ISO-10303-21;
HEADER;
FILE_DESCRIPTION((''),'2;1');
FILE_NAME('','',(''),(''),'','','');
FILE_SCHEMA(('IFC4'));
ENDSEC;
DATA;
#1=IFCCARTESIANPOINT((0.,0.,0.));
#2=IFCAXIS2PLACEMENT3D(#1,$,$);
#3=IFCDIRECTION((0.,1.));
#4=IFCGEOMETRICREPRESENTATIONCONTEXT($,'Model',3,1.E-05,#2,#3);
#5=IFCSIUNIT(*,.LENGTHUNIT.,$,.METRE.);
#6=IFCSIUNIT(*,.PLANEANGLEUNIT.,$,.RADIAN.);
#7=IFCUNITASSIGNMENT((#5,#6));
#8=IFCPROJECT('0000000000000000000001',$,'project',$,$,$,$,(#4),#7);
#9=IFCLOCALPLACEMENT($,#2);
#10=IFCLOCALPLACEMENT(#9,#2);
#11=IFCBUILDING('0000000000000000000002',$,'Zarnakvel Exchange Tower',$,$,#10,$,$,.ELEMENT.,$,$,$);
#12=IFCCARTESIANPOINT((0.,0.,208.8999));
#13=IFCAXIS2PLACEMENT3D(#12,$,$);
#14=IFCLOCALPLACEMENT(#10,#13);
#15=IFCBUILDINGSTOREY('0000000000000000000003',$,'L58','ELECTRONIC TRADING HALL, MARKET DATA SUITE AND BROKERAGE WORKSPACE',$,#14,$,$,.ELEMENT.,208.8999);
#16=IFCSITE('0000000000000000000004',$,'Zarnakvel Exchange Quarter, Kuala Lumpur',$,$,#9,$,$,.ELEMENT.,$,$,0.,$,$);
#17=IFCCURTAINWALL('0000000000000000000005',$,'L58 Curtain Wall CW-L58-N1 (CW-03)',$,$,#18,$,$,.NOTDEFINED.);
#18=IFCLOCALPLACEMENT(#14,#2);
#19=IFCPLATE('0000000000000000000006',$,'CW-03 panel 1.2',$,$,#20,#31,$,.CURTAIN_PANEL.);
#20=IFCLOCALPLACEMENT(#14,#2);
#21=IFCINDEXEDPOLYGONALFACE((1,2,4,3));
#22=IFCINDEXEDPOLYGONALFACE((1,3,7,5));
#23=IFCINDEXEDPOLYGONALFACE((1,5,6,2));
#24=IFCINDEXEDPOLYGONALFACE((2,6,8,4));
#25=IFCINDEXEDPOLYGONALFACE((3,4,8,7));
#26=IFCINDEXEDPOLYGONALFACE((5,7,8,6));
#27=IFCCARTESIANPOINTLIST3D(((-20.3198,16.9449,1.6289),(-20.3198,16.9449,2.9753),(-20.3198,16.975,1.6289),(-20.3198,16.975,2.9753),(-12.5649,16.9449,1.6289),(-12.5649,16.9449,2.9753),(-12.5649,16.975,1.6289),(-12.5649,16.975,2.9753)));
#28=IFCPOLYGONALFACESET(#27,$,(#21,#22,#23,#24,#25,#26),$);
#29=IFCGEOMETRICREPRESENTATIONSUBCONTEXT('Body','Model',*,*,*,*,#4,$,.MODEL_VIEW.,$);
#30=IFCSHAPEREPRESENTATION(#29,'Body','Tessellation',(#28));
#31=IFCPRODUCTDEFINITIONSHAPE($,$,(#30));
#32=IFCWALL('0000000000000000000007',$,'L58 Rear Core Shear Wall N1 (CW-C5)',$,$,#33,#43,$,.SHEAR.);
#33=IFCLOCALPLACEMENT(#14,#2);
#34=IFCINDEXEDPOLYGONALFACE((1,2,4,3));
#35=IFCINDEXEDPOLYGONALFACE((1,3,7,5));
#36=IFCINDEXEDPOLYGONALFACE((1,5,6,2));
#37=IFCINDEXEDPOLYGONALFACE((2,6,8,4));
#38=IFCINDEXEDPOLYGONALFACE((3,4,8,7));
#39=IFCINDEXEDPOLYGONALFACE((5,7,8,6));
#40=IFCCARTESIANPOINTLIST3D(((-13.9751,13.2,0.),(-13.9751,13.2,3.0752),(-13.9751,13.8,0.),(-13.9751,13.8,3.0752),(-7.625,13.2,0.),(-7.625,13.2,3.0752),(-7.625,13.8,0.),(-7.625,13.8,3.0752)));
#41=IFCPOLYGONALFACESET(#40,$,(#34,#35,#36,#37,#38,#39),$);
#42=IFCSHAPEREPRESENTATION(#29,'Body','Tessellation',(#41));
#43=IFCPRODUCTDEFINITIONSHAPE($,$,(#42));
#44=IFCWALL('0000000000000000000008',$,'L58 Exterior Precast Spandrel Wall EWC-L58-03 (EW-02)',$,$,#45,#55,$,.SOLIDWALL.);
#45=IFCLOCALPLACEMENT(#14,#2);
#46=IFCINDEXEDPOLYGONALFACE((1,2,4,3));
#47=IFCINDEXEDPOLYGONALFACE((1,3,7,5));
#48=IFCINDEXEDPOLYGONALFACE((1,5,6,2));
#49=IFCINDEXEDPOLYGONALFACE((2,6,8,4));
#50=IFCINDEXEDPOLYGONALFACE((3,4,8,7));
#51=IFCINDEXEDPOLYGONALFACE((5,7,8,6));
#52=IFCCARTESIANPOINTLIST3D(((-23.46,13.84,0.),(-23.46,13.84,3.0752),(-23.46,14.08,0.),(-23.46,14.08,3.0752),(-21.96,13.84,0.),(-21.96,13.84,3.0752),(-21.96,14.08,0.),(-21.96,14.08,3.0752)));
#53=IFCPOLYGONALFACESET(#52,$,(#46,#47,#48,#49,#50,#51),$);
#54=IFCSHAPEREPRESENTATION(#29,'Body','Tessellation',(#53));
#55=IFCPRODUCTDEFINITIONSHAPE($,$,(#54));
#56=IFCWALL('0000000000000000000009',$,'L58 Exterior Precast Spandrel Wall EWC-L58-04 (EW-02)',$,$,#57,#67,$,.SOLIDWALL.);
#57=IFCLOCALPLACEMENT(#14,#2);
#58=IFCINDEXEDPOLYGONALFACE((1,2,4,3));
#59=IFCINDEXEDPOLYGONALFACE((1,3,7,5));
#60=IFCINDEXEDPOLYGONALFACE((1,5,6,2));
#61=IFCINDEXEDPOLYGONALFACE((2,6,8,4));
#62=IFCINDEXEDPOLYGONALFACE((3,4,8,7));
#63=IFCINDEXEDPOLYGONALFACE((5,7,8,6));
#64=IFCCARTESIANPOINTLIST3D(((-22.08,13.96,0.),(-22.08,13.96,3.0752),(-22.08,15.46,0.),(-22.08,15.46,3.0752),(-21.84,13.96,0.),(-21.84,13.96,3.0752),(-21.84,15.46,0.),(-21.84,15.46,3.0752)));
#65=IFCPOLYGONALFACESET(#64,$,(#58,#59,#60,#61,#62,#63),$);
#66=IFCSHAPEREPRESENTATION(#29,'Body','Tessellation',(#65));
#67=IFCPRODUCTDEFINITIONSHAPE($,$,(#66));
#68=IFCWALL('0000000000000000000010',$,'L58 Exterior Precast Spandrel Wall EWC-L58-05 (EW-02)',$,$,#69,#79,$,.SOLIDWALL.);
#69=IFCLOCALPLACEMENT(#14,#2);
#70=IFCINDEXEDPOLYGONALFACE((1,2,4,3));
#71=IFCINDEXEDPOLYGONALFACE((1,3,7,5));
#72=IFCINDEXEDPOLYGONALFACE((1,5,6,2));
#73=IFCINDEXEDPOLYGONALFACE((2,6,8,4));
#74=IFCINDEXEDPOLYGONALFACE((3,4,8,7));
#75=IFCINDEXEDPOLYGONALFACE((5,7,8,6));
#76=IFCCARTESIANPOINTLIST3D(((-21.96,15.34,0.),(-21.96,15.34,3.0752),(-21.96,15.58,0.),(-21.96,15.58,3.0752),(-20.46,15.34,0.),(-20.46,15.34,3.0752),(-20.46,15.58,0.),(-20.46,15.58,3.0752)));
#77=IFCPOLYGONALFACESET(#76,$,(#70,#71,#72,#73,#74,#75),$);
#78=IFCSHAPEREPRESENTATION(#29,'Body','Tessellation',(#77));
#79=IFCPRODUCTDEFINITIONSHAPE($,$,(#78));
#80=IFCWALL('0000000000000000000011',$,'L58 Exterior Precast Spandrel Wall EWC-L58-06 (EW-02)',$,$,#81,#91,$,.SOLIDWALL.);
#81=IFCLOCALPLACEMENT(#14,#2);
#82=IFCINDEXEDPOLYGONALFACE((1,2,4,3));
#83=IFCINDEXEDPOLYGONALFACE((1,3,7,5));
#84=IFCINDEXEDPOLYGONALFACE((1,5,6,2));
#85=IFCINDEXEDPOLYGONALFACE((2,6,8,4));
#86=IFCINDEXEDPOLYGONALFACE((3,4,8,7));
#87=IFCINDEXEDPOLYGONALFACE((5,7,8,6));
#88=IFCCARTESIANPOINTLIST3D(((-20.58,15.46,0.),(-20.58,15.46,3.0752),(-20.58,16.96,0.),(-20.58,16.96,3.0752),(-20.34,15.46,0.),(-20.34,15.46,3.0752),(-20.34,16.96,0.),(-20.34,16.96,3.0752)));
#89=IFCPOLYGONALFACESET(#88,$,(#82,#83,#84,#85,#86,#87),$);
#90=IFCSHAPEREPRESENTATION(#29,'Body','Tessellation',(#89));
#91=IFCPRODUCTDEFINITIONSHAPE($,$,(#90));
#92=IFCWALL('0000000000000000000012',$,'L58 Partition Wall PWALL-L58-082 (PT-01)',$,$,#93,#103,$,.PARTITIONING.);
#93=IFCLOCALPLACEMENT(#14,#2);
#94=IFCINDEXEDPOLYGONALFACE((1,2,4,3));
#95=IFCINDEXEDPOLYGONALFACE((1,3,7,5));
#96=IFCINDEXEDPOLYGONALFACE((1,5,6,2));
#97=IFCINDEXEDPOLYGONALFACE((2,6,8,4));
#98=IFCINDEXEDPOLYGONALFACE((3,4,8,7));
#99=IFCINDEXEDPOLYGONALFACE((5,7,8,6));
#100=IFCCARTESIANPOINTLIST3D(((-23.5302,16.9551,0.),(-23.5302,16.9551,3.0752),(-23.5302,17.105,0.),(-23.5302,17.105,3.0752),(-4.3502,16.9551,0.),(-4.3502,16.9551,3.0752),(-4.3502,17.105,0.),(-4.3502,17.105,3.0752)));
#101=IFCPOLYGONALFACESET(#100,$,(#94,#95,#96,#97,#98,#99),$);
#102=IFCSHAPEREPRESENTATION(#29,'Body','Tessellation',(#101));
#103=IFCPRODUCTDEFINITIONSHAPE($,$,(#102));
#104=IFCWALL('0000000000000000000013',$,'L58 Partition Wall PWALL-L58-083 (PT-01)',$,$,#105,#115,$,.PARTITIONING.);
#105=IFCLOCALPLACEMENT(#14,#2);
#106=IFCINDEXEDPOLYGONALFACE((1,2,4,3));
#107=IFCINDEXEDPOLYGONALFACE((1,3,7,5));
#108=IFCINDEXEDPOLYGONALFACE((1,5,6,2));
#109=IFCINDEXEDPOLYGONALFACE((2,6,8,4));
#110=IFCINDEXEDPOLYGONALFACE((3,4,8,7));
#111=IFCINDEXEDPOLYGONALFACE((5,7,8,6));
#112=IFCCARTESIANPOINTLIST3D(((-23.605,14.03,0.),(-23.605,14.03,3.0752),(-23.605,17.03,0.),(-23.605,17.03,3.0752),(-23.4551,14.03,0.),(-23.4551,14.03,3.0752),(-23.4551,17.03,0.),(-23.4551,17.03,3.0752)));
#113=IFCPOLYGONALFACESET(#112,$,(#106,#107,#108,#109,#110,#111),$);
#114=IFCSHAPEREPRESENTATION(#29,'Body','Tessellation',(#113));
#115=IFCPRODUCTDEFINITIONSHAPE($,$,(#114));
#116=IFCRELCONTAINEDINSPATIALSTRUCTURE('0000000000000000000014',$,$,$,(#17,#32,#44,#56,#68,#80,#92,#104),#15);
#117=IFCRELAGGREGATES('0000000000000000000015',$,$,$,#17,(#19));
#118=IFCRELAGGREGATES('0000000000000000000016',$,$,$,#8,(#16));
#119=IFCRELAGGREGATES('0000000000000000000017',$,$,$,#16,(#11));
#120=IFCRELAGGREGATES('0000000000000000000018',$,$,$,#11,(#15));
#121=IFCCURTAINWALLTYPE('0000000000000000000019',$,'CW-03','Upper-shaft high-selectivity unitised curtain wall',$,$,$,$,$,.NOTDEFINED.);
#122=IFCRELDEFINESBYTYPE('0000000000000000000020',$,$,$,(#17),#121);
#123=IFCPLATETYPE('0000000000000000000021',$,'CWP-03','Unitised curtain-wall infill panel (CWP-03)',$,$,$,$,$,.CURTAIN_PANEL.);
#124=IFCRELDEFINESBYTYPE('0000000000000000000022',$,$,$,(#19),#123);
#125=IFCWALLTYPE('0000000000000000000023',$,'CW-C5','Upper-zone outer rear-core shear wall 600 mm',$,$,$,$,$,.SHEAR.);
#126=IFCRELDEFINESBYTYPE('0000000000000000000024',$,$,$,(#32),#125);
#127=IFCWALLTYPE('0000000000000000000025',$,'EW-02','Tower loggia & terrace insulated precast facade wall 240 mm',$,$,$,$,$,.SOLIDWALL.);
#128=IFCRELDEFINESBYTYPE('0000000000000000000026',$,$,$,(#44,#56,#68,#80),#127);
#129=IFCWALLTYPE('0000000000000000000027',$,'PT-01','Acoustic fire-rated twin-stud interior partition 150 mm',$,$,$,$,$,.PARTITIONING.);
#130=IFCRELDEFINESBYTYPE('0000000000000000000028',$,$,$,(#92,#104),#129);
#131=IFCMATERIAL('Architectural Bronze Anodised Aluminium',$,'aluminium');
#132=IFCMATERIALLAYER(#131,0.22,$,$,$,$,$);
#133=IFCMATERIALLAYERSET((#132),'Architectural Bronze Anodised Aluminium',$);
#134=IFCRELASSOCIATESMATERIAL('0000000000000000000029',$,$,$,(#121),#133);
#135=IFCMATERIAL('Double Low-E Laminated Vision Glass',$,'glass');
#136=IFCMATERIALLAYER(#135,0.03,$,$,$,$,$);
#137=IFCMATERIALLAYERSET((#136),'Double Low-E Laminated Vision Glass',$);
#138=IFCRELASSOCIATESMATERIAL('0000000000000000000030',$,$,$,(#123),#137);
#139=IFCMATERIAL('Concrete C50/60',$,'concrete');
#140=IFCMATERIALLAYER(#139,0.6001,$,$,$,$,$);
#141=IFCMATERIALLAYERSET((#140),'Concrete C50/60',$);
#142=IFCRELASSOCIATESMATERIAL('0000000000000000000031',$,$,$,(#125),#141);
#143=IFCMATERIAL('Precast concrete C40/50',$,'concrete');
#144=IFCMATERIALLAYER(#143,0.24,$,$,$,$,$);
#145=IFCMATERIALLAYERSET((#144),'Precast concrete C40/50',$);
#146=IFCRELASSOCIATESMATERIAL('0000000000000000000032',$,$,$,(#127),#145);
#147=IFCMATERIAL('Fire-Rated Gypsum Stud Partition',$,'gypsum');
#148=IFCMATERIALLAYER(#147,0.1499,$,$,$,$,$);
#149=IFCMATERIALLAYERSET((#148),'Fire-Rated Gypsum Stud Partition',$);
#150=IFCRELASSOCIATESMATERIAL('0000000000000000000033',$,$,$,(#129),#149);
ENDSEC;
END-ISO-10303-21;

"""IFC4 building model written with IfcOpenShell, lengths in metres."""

from ifc_helpers import new_model, si_unit, direction, frame, frame_2d, origin, origin_2d, place, context, subcontext, project, spatial, rectangle, extrude, source, transform, mapped, material, layer, layer_set, type_object, element, aggregate, save


model = new_model("IFC4")

# Units and contexts
model_context = context("Model", 3, precision=1e-05, world=origin(), true_north=direction((0.0, 1.0)))
body_context = subcontext(model_context, "Body", "Model", "MODEL_VIEW")
ifc_project = project(units=[si_unit("LENGTHUNIT", "METRE"), si_unit("PLANEANGLEUNIT", "RADIAN")], contexts=[model_context])

# Site, building, storey
site_placement = place(None, origin())
site = spatial("IfcSite", under=ifc_project, at=site_placement, Name="Zarnakvel Exchange Quarter, Kuala Lumpur", CompositionType="ELEMENT", RefElevation=0.0)
building_placement = place(site_placement, origin())
building = spatial("IfcBuilding", under=site, at=building_placement, Name="Zarnakvel Exchange Tower", CompositionType="ELEMENT")
storey_placement = place(building_placement, frame((0.0, 0.0, 208.8999)))
storey = spatial("IfcBuildingStorey", under=building, at=storey_placement, Name="L58", Description="ELECTRONIC TRADING HALL, MARKET DATA SUITE AND BROKERAGE WORKSPACE", CompositionType="ELEMENT", Elevation=208.8999)

# Shared definitions
ifc_material_1 = material(Name="Concrete C50/60", Category="concrete")

# Shared definitions
ifc_material_2 = material(Name="Architectural Bronze Anodised Aluminium", Category="aluminium")

# Curtain wall, plate
ifc_layer_1 = layer(ifc_material_2, 0.22)
ifc_layer_set_1 = layer_set([ifc_layer_1], Name="Architectural Bronze Anodised Aluminium")
curtain_wall_type_1 = type_object("IfcCurtainWallType", Name="CW-03", Description="Upper-shaft high-selectivity unitised curtain wall", PredefinedType="NOTDEFINED", material=ifc_layer_set_1)
curtain_wall_1_placement = place(storey_placement, origin())
curtain_wall_1 = element("IfcCurtainWall", 1, at=curtain_wall_1_placement, inside=storey, type_object=curtain_wall_type_1, Name="L58 Curtain Wall CW-L58-N1 (CW-03)", PredefinedType="NOTDEFINED")
ifc_material_3 = material(Name="Double Low-E Laminated Vision Glass", Category="glass")
ifc_layer_2 = layer(ifc_material_3, 0.03)
ifc_layer_set_2 = layer_set([ifc_layer_2], Name="Double Low-E Laminated Vision Glass")
plate_type = type_object("IfcPlateType", Name="CWP-03", Description="Unitised curtain-wall infill panel (CWP-03)", PredefinedType="CURTAIN_PANEL", material=ifc_layer_set_2)
shared_shape_1 = source(origin(), body_context, "Body", "SweptSolid", [
    extrude(rectangle(XDim=7.7549, YDim=0.03, at=origin_2d()), origin(), (0.0, 0.0, 1.0), 1.3464),
])
plate_1_placement = place(storey_placement, frame((-16.4424, 16.96, 1.6289), z_axis=(0.0, 0.0, 1.0), x_axis=(1.0, 0.0, 0.0)))
plate_1 = element("IfcPlate", 2, at=plate_1_placement, type_object=plate_type, Name="CW-03 panel 1.2", PredefinedType="CURTAIN_PANEL", context=body_context, shape_type="MappedRepresentation", body=[
    mapped(shared_shape_1, transform((0.0, 0.0, 0.0), x_axis=(1.0, 0.0, 0.0), y_axis=(0.0, 1.0, 0.0), z_axis=(0.0, 0.0, 1.0), scale=1.0)),
])
aggregate(curtain_wall_1, [plate_1])

# Walls
ifc_layer_3 = layer(ifc_material_1, 0.6001)
ifc_layer_set_3 = layer_set([ifc_layer_3], Name="Concrete C50/60")
wall_type_1 = type_object("IfcWallType", Name="CW-C5", Description="Upper-zone outer rear-core shear wall 600 mm", PredefinedType="SHEAR", material=ifc_layer_set_3)
wall_1_placement = place(storey_placement, frame((-13.9751, 13.5, 0.0), z_axis=(0.0, 0.0, 1.0), x_axis=(1.0, 0.0, 0.0)))
element("IfcWall", 3, at=wall_1_placement, inside=storey, type_object=wall_type_1, Name="L58 Rear Core Shear Wall N1 (CW-C5)", PredefinedType="SHEAR", context=body_context, shape_type="SweptSolid", body=[
    extrude(rectangle(XDim=6.3501, YDim=0.6001, at=frame_2d((3.175, 0.0))), origin(), (0.0, 0.0, 1.0), 3.0752),
])
ifc_material_4 = material(Name="Precast concrete C40/50", Category="concrete")
ifc_layer_4 = layer(ifc_material_4, 0.24)
ifc_layer_set_4 = layer_set([ifc_layer_4], Name="Precast concrete C40/50")
wall_type_2 = type_object("IfcWallType", Name="EW-02", Description="Tower loggia & terrace insulated precast facade wall 240 mm", PredefinedType="SOLIDWALL", material=ifc_layer_set_4)
for number, where, z_axis, x_axis, name in (
    (4, (-21.96, 13.96, 0.0), (0.0, 0.0, 1.0), (-1.0, 0.0, 0.0), "L58 Exterior Precast Spandrel Wall EWC-L58-03 (EW-02)"),
    (5, (-21.96, 15.46, 0.0), (0.0, 0.0, 1.0), (0.0, -1.0, 0.0), "L58 Exterior Precast Spandrel Wall EWC-L58-04 (EW-02)"),
    (6, (-20.46, 15.46, 0.0), (0.0, 0.0, 1.0), (-1.0, 0.0, 0.0), "L58 Exterior Precast Spandrel Wall EWC-L58-05 (EW-02)"),
    (7, (-20.46, 16.96, 0.0), (0.0, 0.0, 1.0), (0.0, -1.0, 0.0), "L58 Exterior Precast Spandrel Wall EWC-L58-06 (EW-02)"),
):
    element("IfcWall", number, at=place(storey_placement, frame(where, z_axis=z_axis, x_axis=x_axis)), inside=storey, type_object=wall_type_2, Name=name, PredefinedType="SOLIDWALL", context=body_context, shape_type="SweptSolid", body=[
        extrude(rectangle(XDim=1.5, YDim=0.24, at=frame_2d((0.75, 0.0))), origin(), (0.0, 0.0, 1.0), 3.0752),
    ])

# Shared definitions
ifc_material_5 = material(Name="Fire-Rated Gypsum Stud Partition", Category="gypsum")
ifc_layer_5 = layer(ifc_material_5, 0.1499)
ifc_layer_set_5 = layer_set([ifc_layer_5], Name="Fire-Rated Gypsum Stud Partition")
wall_type_3 = type_object("IfcWallType", Name="PT-01", Description="Acoustic fire-rated twin-stud interior partition 150 mm", PredefinedType="PARTITIONING", material=ifc_layer_set_5)

# Walls
wall_2_placement = place(storey_placement, frame((-23.53, 17.03, 0.0), z_axis=(0.0, 0.0, 1.0), x_axis=(1.0, 0.0, 0.0)))
element("IfcWall", 8, at=wall_2_placement, inside=storey, type_object=wall_type_3, Name="L58 Partition Wall PWALL-L58-082 (PT-01)", PredefinedType="PARTITIONING", context=body_context, shape_type="SweptSolid", body=[
    extrude(rectangle(XDim=19.1799, YDim=0.1499, at=frame_2d((9.5898, 0.0))), origin(), (0.0, 0.0, 1.0), 3.0752),
])
wall_3_placement = place(storey_placement, frame((-23.53, 14.03, 0.0), z_axis=(0.0, 0.0, 1.0), x_axis=(0.0, 1.0, 0.0)))
element("IfcWall", 9, at=wall_3_placement, inside=storey, type_object=wall_type_3, Name="L58 Partition Wall PWALL-L58-083 (PT-01)", PredefinedType="PARTITIONING", context=body_context, shape_type="SweptSolid", body=[
    extrude(rectangle(XDim=3.0, YDim=0.1499, at=frame_2d((1.5, 0.0))), origin(), (0.0, 0.0, 1.0), 3.0752),
])

save(model, "model.ifc")
